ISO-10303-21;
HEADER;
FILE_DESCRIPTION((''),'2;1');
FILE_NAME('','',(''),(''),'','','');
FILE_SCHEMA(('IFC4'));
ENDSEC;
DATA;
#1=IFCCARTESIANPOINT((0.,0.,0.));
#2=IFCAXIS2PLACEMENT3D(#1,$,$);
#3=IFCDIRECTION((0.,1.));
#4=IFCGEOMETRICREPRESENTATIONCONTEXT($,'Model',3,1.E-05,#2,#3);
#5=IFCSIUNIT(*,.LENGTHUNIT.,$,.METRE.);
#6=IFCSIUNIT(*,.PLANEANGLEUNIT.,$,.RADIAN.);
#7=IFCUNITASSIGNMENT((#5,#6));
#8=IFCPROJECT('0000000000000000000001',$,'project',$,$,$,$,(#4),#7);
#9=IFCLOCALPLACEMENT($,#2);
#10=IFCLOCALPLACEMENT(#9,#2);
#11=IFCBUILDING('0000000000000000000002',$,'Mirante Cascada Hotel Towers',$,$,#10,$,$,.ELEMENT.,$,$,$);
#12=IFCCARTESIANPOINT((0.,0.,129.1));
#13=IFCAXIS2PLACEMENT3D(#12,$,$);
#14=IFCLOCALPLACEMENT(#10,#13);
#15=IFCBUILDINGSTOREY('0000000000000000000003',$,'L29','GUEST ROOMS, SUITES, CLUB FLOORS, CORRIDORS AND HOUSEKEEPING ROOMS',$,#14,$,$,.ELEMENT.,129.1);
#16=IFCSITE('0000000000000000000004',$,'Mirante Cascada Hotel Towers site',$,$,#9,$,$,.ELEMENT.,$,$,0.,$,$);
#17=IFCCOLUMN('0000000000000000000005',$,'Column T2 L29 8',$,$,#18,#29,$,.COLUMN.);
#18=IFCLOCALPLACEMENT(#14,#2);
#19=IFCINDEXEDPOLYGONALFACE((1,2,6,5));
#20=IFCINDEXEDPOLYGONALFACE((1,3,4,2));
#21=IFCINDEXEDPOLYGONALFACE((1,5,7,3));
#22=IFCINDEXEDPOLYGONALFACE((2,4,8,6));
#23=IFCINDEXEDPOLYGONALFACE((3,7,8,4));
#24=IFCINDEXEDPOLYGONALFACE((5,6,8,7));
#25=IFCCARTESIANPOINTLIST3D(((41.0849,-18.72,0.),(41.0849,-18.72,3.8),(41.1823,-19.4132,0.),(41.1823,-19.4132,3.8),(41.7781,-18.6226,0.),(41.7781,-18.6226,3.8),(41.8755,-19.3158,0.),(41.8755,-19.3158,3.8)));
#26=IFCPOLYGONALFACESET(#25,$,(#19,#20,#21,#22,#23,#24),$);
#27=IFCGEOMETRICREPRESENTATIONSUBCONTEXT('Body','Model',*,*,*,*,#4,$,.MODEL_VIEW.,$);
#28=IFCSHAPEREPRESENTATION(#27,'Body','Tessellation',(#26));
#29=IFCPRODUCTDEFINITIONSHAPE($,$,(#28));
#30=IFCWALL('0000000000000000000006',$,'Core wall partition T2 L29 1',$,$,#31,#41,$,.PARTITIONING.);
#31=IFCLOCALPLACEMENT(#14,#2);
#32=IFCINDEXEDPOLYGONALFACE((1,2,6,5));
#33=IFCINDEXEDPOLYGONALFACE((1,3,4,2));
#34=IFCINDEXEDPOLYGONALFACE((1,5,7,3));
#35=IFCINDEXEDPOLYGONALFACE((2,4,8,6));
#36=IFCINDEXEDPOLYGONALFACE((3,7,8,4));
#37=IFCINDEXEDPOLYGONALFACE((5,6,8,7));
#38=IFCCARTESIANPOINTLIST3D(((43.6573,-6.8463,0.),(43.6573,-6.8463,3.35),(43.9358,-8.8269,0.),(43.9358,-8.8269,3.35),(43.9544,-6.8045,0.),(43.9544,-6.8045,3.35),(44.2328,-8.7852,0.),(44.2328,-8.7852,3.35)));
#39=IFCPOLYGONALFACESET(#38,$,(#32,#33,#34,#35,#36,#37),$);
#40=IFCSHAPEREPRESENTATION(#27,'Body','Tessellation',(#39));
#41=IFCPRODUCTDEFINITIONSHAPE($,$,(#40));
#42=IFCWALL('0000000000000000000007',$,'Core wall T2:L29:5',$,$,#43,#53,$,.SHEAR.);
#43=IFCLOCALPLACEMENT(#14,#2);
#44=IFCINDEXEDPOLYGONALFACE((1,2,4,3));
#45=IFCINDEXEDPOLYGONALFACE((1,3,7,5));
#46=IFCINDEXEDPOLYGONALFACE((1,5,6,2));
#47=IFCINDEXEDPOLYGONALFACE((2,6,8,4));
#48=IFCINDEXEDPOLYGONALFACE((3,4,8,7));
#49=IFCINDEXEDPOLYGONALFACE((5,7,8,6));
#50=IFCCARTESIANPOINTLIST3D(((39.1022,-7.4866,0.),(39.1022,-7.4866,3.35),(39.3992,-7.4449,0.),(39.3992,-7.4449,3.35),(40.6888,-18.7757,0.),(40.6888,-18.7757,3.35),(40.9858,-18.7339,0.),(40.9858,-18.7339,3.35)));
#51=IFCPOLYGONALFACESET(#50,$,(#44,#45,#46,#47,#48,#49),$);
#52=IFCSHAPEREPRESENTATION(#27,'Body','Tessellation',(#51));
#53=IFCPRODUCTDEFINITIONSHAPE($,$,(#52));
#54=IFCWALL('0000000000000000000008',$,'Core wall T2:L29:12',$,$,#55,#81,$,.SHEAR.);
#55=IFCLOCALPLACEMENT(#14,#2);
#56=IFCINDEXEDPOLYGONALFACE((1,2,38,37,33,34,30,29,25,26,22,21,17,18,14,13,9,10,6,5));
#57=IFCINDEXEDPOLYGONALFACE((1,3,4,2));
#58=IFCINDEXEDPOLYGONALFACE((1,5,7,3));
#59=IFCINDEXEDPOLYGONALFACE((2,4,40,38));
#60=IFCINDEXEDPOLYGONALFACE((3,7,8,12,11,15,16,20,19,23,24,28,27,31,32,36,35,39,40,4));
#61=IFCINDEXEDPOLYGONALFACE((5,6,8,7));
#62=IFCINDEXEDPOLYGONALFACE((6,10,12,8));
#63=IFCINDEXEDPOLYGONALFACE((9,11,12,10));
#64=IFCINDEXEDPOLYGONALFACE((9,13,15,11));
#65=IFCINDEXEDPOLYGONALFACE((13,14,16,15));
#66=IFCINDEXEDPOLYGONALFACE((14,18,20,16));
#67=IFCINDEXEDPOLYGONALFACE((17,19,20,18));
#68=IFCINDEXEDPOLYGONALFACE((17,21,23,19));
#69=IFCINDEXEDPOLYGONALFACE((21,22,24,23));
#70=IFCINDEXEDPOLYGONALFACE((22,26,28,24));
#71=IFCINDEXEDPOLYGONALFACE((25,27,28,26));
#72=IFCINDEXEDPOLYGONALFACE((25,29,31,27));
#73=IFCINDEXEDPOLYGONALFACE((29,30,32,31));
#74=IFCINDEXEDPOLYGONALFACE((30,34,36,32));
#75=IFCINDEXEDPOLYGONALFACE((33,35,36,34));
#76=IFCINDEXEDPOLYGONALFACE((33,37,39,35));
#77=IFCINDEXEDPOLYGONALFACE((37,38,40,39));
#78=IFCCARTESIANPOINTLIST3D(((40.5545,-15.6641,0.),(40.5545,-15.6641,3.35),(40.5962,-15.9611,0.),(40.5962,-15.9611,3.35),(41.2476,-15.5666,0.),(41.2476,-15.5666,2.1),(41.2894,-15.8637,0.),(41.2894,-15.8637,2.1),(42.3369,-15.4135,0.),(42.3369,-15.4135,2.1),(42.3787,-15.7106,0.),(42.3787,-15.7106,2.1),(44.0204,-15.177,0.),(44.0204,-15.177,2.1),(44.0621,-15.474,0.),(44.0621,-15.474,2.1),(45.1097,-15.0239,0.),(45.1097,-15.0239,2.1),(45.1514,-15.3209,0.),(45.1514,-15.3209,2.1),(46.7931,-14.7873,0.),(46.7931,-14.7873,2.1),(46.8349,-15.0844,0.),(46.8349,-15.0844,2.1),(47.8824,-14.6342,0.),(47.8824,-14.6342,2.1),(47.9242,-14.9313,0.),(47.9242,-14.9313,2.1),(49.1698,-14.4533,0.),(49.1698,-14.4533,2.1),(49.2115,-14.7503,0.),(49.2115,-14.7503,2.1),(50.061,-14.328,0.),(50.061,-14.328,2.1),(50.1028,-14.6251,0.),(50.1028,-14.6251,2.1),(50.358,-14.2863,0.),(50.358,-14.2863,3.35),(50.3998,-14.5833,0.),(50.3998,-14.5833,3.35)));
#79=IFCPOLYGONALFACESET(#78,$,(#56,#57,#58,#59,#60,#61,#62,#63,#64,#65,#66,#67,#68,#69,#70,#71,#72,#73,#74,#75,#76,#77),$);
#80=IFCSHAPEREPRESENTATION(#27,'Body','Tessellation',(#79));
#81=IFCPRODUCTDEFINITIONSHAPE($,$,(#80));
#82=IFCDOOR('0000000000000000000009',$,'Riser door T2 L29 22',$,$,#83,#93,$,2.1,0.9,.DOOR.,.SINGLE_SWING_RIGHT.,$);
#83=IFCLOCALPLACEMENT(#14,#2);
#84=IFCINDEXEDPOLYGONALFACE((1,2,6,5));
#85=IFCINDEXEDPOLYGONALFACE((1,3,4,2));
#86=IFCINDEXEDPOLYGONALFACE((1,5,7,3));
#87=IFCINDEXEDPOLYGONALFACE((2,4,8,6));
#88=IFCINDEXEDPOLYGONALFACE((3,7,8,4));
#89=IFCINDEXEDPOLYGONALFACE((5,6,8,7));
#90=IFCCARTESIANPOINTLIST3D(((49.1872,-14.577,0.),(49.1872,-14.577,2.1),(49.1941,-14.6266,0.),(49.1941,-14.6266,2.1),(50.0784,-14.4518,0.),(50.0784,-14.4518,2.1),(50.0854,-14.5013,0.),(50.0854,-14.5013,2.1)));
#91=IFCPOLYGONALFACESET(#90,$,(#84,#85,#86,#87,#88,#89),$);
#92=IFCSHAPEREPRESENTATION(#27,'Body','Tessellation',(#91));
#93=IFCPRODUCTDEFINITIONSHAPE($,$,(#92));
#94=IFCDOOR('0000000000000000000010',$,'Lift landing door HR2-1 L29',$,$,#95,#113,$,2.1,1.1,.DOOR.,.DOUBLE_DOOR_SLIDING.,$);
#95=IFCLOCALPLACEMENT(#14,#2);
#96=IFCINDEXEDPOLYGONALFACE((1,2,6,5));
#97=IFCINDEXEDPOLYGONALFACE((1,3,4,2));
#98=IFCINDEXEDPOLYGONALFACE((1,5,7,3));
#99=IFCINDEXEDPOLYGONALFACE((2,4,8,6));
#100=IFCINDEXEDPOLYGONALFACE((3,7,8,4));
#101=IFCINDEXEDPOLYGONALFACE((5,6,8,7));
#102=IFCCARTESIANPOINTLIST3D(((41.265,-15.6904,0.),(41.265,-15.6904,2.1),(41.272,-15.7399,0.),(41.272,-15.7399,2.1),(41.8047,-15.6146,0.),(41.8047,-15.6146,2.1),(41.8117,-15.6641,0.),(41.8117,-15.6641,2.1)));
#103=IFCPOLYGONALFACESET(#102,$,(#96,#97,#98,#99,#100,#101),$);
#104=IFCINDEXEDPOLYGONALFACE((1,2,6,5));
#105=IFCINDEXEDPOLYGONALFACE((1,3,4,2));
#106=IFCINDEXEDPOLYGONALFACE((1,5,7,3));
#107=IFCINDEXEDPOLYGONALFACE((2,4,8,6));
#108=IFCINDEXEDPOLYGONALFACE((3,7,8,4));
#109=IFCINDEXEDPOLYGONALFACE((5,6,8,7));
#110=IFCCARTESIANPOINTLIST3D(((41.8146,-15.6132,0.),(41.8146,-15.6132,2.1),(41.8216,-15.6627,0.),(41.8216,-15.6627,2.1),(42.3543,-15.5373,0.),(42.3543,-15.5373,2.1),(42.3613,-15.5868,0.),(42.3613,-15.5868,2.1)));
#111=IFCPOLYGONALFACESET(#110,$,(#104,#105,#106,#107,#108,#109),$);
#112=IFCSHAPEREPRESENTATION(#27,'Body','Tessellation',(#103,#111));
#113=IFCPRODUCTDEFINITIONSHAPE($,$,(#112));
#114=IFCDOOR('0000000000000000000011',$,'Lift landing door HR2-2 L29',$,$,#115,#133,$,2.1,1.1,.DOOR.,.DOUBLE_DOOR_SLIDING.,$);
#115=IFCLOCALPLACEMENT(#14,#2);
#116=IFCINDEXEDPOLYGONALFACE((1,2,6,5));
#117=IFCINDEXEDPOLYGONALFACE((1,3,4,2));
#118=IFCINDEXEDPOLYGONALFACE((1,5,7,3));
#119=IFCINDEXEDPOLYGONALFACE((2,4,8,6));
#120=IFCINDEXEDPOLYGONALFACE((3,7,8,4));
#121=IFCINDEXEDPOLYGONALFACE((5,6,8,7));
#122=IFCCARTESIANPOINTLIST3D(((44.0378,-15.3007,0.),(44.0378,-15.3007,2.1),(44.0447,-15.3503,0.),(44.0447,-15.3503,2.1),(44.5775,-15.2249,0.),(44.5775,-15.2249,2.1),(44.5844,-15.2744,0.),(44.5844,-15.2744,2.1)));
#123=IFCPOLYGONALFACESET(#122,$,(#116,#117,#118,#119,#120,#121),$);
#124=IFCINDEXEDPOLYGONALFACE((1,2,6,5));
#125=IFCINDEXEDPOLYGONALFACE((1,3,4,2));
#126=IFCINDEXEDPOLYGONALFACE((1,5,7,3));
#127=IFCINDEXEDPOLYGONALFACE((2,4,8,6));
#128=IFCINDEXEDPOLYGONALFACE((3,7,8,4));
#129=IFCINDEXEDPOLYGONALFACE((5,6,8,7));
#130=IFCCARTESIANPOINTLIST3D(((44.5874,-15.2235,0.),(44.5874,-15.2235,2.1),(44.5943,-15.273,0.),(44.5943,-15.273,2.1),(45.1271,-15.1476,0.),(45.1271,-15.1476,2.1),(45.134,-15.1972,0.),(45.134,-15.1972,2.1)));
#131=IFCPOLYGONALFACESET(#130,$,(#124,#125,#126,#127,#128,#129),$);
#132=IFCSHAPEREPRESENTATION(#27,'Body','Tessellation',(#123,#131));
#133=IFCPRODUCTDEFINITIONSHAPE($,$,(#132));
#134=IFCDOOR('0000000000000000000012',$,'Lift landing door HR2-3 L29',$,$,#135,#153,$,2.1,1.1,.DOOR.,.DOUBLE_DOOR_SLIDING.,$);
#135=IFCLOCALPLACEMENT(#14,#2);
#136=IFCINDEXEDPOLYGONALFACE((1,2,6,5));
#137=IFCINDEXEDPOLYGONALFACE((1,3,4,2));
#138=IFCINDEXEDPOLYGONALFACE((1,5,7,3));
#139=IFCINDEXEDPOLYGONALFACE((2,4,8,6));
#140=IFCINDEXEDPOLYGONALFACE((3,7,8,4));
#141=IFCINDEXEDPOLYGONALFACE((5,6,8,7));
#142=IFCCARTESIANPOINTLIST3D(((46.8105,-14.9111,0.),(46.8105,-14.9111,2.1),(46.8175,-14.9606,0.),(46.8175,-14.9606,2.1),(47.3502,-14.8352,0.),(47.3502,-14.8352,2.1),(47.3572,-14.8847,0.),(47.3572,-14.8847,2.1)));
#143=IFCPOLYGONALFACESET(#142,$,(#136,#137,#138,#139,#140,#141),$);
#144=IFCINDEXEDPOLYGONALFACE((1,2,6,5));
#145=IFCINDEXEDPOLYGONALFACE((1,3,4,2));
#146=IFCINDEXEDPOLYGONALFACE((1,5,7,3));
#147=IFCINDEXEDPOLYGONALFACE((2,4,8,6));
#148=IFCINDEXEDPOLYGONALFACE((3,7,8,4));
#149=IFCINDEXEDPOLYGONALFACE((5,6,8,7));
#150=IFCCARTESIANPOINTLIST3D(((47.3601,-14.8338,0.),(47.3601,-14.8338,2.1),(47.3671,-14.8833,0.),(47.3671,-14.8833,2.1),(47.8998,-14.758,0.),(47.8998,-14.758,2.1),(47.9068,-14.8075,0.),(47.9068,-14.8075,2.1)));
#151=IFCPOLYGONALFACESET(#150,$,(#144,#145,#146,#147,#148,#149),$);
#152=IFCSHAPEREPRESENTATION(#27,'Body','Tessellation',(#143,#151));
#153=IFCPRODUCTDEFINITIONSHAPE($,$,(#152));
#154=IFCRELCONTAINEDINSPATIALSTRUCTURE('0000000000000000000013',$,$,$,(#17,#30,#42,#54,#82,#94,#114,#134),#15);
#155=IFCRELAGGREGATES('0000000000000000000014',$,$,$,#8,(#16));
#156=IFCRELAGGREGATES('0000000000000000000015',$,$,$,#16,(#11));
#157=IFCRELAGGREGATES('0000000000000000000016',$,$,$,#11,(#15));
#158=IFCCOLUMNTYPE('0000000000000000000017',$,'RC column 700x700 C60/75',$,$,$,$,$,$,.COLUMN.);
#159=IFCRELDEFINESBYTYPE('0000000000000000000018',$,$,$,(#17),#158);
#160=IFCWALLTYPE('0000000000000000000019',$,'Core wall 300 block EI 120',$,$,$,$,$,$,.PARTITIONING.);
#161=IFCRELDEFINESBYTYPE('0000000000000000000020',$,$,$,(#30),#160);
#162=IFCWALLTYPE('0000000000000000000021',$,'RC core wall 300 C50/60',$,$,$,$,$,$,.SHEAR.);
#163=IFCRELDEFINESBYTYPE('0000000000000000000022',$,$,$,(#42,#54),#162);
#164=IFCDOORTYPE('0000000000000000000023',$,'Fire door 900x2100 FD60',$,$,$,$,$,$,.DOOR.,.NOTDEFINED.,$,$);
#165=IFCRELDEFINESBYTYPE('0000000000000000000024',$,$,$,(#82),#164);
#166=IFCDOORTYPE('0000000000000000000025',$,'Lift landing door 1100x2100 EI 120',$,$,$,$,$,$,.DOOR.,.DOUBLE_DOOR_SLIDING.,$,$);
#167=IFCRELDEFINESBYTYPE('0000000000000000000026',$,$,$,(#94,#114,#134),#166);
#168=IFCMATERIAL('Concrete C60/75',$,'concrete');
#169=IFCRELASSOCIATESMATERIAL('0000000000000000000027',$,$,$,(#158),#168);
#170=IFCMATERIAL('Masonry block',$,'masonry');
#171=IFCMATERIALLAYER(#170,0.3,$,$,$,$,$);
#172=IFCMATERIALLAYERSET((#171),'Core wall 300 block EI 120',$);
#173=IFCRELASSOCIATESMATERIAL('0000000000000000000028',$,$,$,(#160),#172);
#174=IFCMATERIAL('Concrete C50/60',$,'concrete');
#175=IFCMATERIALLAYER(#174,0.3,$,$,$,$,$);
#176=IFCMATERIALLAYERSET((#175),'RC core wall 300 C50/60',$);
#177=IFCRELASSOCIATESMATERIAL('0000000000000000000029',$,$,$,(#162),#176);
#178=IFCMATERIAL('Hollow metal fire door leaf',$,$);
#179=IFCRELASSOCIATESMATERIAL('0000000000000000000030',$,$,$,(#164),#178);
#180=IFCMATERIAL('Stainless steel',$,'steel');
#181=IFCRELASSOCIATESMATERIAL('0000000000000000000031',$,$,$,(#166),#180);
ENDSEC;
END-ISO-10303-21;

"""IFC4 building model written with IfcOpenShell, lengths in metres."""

from ifc_helpers import new_model, si_unit, direction, frame, frame_2d, origin, origin_2d, place, context, subcontext, project, spatial, rectangle, extrude, material, layer, layer_set, material_profile, profile_set, type_object, element, fill, save


model = new_model("IFC4")

# Units and contexts
model_context = context("Model", 3, precision=1e-05, world=origin(), true_north=direction((0.0, 1.0)))
body_context = subcontext(model_context, "Body", "Model", "MODEL_VIEW")
ifc_project = project(units=[si_unit("LENGTHUNIT", "METRE"), si_unit("PLANEANGLEUNIT", "RADIAN")], contexts=[model_context])

# Site, building, storey
site_placement = place(None, origin())
site = spatial("IfcSite", under=ifc_project, at=site_placement, Name="Mirante Cascada Hotel Towers site", CompositionType="ELEMENT", RefElevation=0.0)
building_placement = place(site_placement, origin())
building = spatial("IfcBuilding", under=site, at=building_placement, Name="Mirante Cascada Hotel Towers", CompositionType="ELEMENT")
storey_placement = place(building_placement, frame((0.0, 0.0, 129.1)))
storey = spatial("IfcBuildingStorey", under=building, at=storey_placement, Name="L29", Description="GUEST ROOMS, SUITES, CLUB FLOORS, CORRIDORS AND HOUSEKEEPING ROOMS", CompositionType="ELEMENT", Elevation=129.1)

# Column
ifc_material_1 = material(Name="Concrete C60/75", Category="concrete")
ifc_material_profile = material_profile(ifc_material_1, rectangle(XDim=0.7, YDim=0.7, at=origin_2d()), Name="RC column 700x700 C60/75")
ifc_profile_set = profile_set([ifc_material_profile], Name="Concrete C60/75")
column_type = type_object("IfcColumnType", Name="RC column 700x700 C60/75", PredefinedType="COLUMN", material=ifc_profile_set)
column_placement = place(storey_placement, frame((41.4802, -19.0179, 0.0), z_axis=(0.0, 0.0, 1.0), x_axis=(0.990268, 0.139173, 0.0)))
element("IfcColumn", 1, at=column_placement, inside=storey, type_object=column_type, Name="Column T2 L29 8", PredefinedType="COLUMN", context=body_context, shape_type="SweptSolid", body=[
    extrude(rectangle(XDim=0.7, YDim=0.7, at=origin_2d()), origin(), (0.0, 0.0, 1.0), 3.8),
])

# Walls
ifc_material_2 = material(Name="Masonry block", Category="masonry")
ifc_layer_1 = layer(ifc_material_2, 0.3)
ifc_layer_set_1 = layer_set([ifc_layer_1], Name="Core wall 300 block EI 120")
wall_type_1 = type_object("IfcWallType", Name="Core wall 300 block EI 120", PredefinedType="PARTITIONING", material=ifc_layer_set_1)
wall_1_placement = place(storey_placement, frame((44.0843, -8.8061, 0.0), z_axis=(0.0, 0.0, 1.0), x_axis=(-0.139195, 0.990265, 0.0)))
element("IfcWall", 2, at=wall_1_placement, inside=storey, type_object=wall_type_1, Name="Core wall partition T2 L29 1", PredefinedType="PARTITIONING", context=body_context, shape_type="SweptSolid", body=[
    extrude(rectangle(XDim=2.0001, YDim=0.3, at=frame_2d((1.0001, 0.0))), origin(), (0.0, 0.0, 1.0), 3.35),
])
ifc_material_3 = material(Name="Concrete C50/60", Category="concrete")
ifc_layer_2 = layer(ifc_material_3, 0.3)
ifc_layer_set_2 = layer_set([ifc_layer_2], Name="RC core wall 300 C50/60")
wall_type_2 = type_object("IfcWallType", Name="RC core wall 300 C50/60", PredefinedType="SHEAR", material=ifc_layer_set_2)
wall_2_placement = place(storey_placement, frame((40.8373, -18.7548, 0.0), z_axis=(0.0, 0.0, 1.0), x_axis=(-0.139175, 0.990268, 0.0)))
element("IfcWall", 3, at=wall_2_placement, inside=storey, type_object=wall_type_2, Name="Core wall T2:L29:5", PredefinedType="SHEAR", context=body_context, shape_type="SweptSolid", body=[
    extrude(rectangle(XDim=11.4, YDim=0.3, at=frame_2d((5.7, 0.0))), origin(), (0.0, 0.0, 1.0), 3.35),
])

# Wall, openings, doors
wall_3_placement = place(storey_placement, frame((40.5753, -15.8126, 0.0), z_axis=(0.0, 0.0, 1.0), x_axis=(0.990268, 0.139173, 0.0)))
wall_3 = element("IfcWall", 4, at=wall_3_placement, inside=storey, type_object=wall_type_2, Name="Core wall T2:L29:12", PredefinedType="SHEAR", context=body_context, shape_type="SweptSolid", body=[
    extrude(rectangle(XDim=9.8999, YDim=0.3, at=frame_2d((4.95, 0.0))), origin(), (0.0, 0.0, 1.0), 3.35),
])
opening_1_placement = place(wall_3_placement, frame((0.7, 0.0, 0.0)))
opening_1 = element("IfcOpeningElement", 5, at=opening_1_placement, cuts=wall_3, PredefinedType="OPENING", context=body_context, shape_type="SweptSolid", body=[
    extrude(rectangle(XDim=1.1, YDim=2.1, at=frame_2d((0.55, 1.05))), frame((0.0, 0.15, 0.0), z_axis=(0.0, -1.0, 0.0), x_axis=(1.0, 0.0, 0.0)), (0.0, 0.0, 1.0), 0.3),
])
opening_2_placement = place(wall_3_placement, frame((3.5, 0.0, 0.0)))
opening_2 = element("IfcOpeningElement", 6, at=opening_2_placement, cuts=wall_3, PredefinedType="OPENING", context=body_context, shape_type="SweptSolid", body=[
    extrude(rectangle(XDim=1.1, YDim=2.1, at=frame_2d((0.55, 1.05))), frame((0.0, 0.15, 0.0), z_axis=(0.0, -1.0, 0.0), x_axis=(1.0, 0.0, 0.0)), (0.0, 0.0, 1.0), 0.3),
])
opening_3_placement = place(wall_3_placement, frame((6.3, 0.0, 0.0)))
opening_3 = element("IfcOpeningElement", 7, at=opening_3_placement, cuts=wall_3, PredefinedType="OPENING", context=body_context, shape_type="SweptSolid", body=[
    extrude(rectangle(XDim=1.1, YDim=2.1, at=frame_2d((0.55, 1.05))), frame((0.0, 0.15, 0.0), z_axis=(0.0, -1.0, 0.0), x_axis=(1.0, 0.0, 0.0)), (0.0, 0.0, 1.0), 0.3),
])
opening_4_placement = place(wall_3_placement, frame((8.7, 0.0, 0.0)))
opening_4 = element("IfcOpeningElement", 8, at=opening_4_placement, cuts=wall_3, PredefinedType="OPENING", context=body_context, shape_type="SweptSolid", body=[
    extrude(rectangle(XDim=0.9, YDim=2.1, at=frame_2d((0.45, 1.05))), frame((0.0, 0.15, 0.0), z_axis=(0.0, -1.0, 0.0), x_axis=(1.0, 0.0, 0.0)), (0.0, 0.0, 1.0), 0.3),
])
ifc_material_4 = material(Name="Hollow metal fire door leaf")
door_type_1 = type_object("IfcDoorType", Name="Fire door 900x2100 FD60", OperationType="NOTDEFINED", PredefinedType="DOOR", material=ifc_material_4)
door_1_placement = place(opening_4_placement, frame((0.9, 0.0, 0.0), z_axis=(0.0, 0.0, 1.0), x_axis=(-1.0, 0.0, 0.0)))
door_1 = element("IfcDoor", 9, at=door_1_placement, inside=storey, type_object=door_type_1, Name="Riser door T2 L29 22", OperationType="SINGLE_SWING_RIGHT", OverallHeight=2.1, OverallWidth=0.9, PredefinedType="DOOR", context=body_context, shape_type="SweptSolid", body=[
    extrude(rectangle(XDim=0.9, YDim=2.1, at=frame_2d((0.45, 1.05))), frame((0.0, 0.025, 0.0), z_axis=(0.0, -1.0, 0.0), x_axis=(1.0, 0.0, 0.0)), (0.0, 0.0, 1.0), 0.05),
])
fill(opening_4, door_1)
ifc_material_5 = material(Name="Stainless steel", Category="steel")
door_type_2 = type_object("IfcDoorType", Name="Lift landing door 1100x2100 EI 120", OperationType="DOUBLE_DOOR_SLIDING", PredefinedType="DOOR", material=ifc_material_5)
door_2_placement = place(opening_1_placement, origin())
door_2 = element("IfcDoor", 10, at=door_2_placement, inside=storey, type_object=door_type_2, Name="Lift landing door HR2-1 L29", OperationType="DOUBLE_DOOR_SLIDING", OverallHeight=2.1, OverallWidth=1.1, PredefinedType="DOOR", context=body_context, shape_type="SweptSolid", body=[
    extrude(rectangle(XDim=0.545, YDim=2.1, at=frame_2d((0.2725, 1.05))), frame((0.0, 0.025, 0.0), z_axis=(0.0, -1.0, 0.0), x_axis=(1.0, 0.0, 0.0)), (0.0, 0.0, 1.0), 0.05),
    extrude(rectangle(XDim=0.545, YDim=2.1, at=frame_2d((0.8275, 1.05))), frame((0.0, 0.025, 0.0), z_axis=(0.0, -1.0, 0.0), x_axis=(1.0, 0.0, 0.0)), (0.0, 0.0, 1.0), 0.05),
])
fill(opening_1, door_2)
door_3_placement = place(opening_2_placement, origin())
door_3 = element("IfcDoor", 11, at=door_3_placement, inside=storey, type_object=door_type_2, Name="Lift landing door HR2-2 L29", OperationType="DOUBLE_DOOR_SLIDING", OverallHeight=2.1, OverallWidth=1.1, PredefinedType="DOOR", context=body_context, shape_type="SweptSolid", body=[
    extrude(rectangle(XDim=0.545, YDim=2.1, at=frame_2d((0.2725, 1.05))), frame((0.0, 0.025, 0.0), z_axis=(0.0, -1.0, 0.0), x_axis=(1.0, 0.0, 0.0)), (0.0, 0.0, 1.0), 0.05),
    extrude(rectangle(XDim=0.545, YDim=2.1, at=frame_2d((0.8275, 1.05))), frame((0.0, 0.025, 0.0), z_axis=(0.0, -1.0, 0.0), x_axis=(1.0, 0.0, 0.0)), (0.0, 0.0, 1.0), 0.05),
])
fill(opening_2, door_3)
door_4_placement = place(opening_3_placement, origin())
door_4 = element("IfcDoor", 12, at=door_4_placement, inside=storey, type_object=door_type_2, Name="Lift landing door HR2-3 L29", OperationType="DOUBLE_DOOR_SLIDING", OverallHeight=2.1, OverallWidth=1.1, PredefinedType="DOOR", context=body_context, shape_type="SweptSolid", body=[
    extrude(rectangle(XDim=0.545, YDim=2.1, at=frame_2d((0.2725, 1.05))), frame((0.0, 0.025, 0.0), z_axis=(0.0, -1.0, 0.0), x_axis=(1.0, 0.0, 0.0)), (0.0, 0.0, 1.0), 0.05),
    extrude(rectangle(XDim=0.545, YDim=2.1, at=frame_2d((0.8275, 1.05))), frame((0.0, 0.025, 0.0), z_axis=(0.0, -1.0, 0.0), x_axis=(1.0, 0.0, 0.0)), (0.0, 0.0, 1.0), 0.05),
])
fill(opening_3, door_4)

save(model, "model.ifc")
